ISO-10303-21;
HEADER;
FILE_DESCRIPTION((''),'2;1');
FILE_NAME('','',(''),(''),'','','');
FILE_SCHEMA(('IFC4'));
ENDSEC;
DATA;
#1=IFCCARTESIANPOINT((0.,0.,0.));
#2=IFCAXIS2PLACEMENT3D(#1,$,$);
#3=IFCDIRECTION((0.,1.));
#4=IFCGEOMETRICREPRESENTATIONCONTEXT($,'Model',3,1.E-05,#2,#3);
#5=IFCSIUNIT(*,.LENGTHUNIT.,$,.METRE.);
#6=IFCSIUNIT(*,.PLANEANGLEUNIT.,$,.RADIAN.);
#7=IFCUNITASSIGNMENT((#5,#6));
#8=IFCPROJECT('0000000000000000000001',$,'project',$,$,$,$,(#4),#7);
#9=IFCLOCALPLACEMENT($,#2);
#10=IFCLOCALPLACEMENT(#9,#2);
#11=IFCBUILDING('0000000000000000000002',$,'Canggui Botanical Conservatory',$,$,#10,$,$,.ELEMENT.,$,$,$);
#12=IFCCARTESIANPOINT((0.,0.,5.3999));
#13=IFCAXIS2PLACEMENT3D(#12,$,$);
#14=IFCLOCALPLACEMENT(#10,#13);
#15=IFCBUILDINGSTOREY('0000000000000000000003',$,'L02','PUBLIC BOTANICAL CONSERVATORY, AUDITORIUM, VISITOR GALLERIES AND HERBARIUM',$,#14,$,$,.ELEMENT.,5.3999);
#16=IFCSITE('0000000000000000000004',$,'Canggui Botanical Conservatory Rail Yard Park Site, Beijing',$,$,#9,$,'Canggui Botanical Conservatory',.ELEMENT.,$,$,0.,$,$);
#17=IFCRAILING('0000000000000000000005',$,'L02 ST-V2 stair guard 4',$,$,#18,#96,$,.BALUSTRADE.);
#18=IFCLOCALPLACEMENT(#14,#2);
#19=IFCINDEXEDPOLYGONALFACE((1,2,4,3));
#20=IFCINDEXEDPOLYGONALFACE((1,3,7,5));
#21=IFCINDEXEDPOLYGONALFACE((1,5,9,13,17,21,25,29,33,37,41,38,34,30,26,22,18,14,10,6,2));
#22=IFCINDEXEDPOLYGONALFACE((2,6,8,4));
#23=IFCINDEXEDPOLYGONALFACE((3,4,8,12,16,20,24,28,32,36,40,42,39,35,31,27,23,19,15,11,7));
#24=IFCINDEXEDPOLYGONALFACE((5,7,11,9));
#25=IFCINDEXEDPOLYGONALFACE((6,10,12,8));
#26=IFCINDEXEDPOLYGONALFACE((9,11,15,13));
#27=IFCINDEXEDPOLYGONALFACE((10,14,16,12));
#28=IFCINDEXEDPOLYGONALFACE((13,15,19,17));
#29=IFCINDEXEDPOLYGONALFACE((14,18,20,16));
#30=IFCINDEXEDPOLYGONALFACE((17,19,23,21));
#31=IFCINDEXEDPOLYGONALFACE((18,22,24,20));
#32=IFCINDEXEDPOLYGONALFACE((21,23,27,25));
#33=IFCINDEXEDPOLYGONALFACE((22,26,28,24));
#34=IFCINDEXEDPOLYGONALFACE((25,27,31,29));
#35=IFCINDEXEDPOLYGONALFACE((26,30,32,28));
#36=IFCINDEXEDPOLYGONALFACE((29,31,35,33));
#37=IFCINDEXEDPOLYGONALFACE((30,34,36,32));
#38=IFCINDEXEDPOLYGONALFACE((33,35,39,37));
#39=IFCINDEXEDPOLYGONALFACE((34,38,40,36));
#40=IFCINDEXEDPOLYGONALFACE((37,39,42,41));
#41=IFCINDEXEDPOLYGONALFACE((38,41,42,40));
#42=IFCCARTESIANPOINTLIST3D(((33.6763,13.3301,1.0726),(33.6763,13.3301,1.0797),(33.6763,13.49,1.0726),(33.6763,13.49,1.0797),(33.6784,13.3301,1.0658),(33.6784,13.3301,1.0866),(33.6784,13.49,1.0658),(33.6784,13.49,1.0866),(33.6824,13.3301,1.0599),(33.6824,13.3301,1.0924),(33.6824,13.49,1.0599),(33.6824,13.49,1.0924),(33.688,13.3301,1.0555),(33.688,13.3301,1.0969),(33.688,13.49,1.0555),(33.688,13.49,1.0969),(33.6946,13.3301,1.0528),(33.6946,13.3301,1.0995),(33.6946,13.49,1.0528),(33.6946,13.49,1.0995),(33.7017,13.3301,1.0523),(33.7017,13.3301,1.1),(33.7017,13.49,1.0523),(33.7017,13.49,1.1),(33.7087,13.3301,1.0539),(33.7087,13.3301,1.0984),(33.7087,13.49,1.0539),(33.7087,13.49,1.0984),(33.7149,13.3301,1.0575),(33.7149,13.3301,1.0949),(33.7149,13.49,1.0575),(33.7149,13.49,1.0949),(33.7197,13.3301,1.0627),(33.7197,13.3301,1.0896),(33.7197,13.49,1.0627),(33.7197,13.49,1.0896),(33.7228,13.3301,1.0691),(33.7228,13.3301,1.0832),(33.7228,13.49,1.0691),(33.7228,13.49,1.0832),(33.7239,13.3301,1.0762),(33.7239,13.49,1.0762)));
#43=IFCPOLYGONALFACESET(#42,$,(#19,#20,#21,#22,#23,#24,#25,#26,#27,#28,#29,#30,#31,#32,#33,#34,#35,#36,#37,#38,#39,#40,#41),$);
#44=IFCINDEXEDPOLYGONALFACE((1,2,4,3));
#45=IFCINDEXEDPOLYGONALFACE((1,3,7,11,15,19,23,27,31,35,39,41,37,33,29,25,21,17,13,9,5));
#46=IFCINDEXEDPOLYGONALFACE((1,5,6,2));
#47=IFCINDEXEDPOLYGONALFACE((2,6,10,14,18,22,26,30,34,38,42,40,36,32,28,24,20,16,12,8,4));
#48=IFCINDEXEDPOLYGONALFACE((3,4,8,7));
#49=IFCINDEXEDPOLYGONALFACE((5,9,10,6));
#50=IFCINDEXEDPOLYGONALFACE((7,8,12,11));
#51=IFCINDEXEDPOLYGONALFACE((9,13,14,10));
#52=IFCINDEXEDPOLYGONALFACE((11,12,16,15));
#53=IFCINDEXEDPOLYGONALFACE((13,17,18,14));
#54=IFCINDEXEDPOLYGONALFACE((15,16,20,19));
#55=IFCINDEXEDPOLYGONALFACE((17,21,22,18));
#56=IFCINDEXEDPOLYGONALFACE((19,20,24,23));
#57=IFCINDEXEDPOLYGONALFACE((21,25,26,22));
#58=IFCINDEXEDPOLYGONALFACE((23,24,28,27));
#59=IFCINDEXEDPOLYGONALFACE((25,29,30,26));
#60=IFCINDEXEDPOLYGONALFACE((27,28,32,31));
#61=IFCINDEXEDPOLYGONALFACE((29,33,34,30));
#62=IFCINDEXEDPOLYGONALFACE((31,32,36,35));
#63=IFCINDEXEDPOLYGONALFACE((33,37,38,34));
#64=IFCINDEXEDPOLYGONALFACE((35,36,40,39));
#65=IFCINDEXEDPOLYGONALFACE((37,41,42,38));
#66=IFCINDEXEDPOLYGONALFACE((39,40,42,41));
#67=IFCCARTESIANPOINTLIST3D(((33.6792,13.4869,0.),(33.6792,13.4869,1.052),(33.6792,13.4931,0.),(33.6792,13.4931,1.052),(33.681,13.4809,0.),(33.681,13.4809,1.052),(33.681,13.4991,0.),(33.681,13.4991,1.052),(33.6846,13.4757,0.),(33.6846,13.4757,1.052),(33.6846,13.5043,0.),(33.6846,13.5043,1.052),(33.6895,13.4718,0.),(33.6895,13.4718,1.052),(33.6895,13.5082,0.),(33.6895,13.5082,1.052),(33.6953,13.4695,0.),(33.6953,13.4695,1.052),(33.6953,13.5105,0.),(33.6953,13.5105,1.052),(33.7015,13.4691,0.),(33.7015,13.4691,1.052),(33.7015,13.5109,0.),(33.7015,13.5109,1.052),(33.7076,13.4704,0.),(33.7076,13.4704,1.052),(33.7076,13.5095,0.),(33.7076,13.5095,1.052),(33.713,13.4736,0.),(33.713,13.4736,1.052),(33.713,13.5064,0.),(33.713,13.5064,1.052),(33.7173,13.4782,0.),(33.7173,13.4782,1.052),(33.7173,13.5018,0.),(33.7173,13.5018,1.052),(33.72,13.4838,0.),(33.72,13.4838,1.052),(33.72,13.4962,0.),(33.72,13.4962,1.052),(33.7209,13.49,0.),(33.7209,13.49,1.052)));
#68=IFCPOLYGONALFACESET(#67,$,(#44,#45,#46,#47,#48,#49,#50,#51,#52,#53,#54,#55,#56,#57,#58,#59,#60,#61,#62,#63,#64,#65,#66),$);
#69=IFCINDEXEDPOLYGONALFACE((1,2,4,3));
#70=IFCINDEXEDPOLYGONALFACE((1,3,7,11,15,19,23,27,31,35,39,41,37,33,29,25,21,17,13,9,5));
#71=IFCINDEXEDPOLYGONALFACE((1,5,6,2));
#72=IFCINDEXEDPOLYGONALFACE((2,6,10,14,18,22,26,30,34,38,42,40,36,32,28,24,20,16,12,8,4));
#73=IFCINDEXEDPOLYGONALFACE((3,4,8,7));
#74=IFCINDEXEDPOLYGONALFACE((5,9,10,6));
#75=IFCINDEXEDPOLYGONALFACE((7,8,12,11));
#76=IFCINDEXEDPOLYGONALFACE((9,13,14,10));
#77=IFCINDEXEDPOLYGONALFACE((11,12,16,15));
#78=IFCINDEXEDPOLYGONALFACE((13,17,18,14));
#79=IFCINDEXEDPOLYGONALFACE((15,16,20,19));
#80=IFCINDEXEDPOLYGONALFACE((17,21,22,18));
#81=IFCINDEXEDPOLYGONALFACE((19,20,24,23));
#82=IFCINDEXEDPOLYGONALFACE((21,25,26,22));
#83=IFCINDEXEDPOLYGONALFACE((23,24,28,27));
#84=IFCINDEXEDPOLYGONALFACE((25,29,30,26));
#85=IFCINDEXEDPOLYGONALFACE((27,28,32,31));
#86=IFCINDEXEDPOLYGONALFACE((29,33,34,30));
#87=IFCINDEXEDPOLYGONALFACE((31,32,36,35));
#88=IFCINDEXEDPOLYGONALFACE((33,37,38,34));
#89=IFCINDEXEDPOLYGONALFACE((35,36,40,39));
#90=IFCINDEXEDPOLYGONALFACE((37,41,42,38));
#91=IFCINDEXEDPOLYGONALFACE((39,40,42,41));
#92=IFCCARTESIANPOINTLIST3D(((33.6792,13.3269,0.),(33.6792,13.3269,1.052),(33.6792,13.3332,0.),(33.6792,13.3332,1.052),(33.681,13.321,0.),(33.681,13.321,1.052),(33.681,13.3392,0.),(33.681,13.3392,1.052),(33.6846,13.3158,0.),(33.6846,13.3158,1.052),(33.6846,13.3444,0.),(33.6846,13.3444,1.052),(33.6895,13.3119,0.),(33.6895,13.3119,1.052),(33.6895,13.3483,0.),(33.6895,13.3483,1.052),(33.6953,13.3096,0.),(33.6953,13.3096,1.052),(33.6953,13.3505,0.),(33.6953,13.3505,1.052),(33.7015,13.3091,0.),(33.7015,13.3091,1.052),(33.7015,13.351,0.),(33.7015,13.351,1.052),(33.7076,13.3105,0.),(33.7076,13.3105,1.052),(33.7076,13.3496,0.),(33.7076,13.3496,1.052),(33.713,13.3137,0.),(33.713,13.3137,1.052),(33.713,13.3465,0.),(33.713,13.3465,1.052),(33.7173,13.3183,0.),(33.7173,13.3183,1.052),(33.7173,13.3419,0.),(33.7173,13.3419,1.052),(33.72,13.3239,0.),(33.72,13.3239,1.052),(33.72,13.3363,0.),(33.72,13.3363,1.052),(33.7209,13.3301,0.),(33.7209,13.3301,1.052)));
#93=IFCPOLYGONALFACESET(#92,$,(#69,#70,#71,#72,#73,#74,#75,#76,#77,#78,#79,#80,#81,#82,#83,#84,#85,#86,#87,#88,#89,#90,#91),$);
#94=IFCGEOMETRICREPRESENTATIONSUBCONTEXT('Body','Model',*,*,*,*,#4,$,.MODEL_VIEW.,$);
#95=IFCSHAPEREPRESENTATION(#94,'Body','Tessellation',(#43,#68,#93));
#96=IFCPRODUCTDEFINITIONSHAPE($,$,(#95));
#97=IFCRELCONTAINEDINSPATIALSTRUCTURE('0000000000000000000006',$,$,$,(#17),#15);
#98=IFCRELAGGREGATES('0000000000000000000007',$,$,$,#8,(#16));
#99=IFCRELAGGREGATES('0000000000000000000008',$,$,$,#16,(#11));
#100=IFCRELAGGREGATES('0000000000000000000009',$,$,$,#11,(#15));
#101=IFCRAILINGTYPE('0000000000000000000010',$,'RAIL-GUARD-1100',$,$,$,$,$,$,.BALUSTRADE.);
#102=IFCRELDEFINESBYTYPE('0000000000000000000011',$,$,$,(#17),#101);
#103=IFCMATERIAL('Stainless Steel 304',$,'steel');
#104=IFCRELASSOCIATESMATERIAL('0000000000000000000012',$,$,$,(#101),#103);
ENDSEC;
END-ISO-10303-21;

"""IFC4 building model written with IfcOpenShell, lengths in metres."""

from ifc_helpers import new_model, si_unit, direction, frame, origin, origin_2d, place, context, subcontext, project, spatial, circle, extrude, material, type_object, element, save


model = new_model("IFC4")

# Units and contexts
model_context = context("Model", 3, precision=1e-05, world=origin(), true_north=direction((0.0, 1.0)))
body_context = subcontext(model_context, "Body", "Model", "MODEL_VIEW")
ifc_project = project(units=[si_unit("LENGTHUNIT", "METRE"), si_unit("PLANEANGLEUNIT", "RADIAN")], contexts=[model_context])

# Site, building, storey
site_placement = place(None, origin())
site = spatial("IfcSite", under=ifc_project, at=site_placement, Name="Canggui Botanical Conservatory Rail Yard Park Site, Beijing", LongName="Canggui Botanical Conservatory", CompositionType="ELEMENT", RefElevation=0.0)
building_placement = place(site_placement, origin())
building = spatial("IfcBuilding", under=site, at=building_placement, Name="Canggui Botanical Conservatory", CompositionType="ELEMENT")
storey_placement = place(building_placement, frame((0.0, 0.0, 5.3999)))
storey = spatial("IfcBuildingStorey", under=building, at=storey_placement, Name="L02", Description="PUBLIC BOTANICAL CONSERVATORY, AUDITORIUM, VISITOR GALLERIES AND HERBARIUM", CompositionType="ELEMENT", Elevation=5.3999)

# Railing
ifc_material_1 = material(Name="Stainless Steel 304", Category="steel")
railing_type_1 = type_object("IfcRailingType", Name="RAIL-GUARD-1100", PredefinedType="BALUSTRADE", material=ifc_material_1)
railing_1_placement = place(storey_placement, frame((33.7, 13.49, 0.0)))
element("IfcRailing", 1, at=railing_1_placement, inside=storey, type_object=railing_type_1, Name="L02 ST-V2 stair guard 4", PredefinedType="BALUSTRADE", context=body_context, shape_type="SweptSolid", body=[
    extrude(circle(Radius=0.0239, at=origin_2d()), frame((0.0, 0.0, 1.0762), z_axis=(0.0, -1.0, 0.0), x_axis=(1.0, 0.0, 0.0)), (0.0, 0.0, 1.0), 0.1599),
    extrude(circle(Radius=0.021, at=origin_2d()), origin(), (0.0, 0.0, 1.0), 1.052),
    extrude(circle(Radius=0.021, at=origin_2d()), frame((0.0, -0.1599, 0.0)), (0.0, 0.0, 1.0), 1.052),
])

save(model, "model.ifc")
